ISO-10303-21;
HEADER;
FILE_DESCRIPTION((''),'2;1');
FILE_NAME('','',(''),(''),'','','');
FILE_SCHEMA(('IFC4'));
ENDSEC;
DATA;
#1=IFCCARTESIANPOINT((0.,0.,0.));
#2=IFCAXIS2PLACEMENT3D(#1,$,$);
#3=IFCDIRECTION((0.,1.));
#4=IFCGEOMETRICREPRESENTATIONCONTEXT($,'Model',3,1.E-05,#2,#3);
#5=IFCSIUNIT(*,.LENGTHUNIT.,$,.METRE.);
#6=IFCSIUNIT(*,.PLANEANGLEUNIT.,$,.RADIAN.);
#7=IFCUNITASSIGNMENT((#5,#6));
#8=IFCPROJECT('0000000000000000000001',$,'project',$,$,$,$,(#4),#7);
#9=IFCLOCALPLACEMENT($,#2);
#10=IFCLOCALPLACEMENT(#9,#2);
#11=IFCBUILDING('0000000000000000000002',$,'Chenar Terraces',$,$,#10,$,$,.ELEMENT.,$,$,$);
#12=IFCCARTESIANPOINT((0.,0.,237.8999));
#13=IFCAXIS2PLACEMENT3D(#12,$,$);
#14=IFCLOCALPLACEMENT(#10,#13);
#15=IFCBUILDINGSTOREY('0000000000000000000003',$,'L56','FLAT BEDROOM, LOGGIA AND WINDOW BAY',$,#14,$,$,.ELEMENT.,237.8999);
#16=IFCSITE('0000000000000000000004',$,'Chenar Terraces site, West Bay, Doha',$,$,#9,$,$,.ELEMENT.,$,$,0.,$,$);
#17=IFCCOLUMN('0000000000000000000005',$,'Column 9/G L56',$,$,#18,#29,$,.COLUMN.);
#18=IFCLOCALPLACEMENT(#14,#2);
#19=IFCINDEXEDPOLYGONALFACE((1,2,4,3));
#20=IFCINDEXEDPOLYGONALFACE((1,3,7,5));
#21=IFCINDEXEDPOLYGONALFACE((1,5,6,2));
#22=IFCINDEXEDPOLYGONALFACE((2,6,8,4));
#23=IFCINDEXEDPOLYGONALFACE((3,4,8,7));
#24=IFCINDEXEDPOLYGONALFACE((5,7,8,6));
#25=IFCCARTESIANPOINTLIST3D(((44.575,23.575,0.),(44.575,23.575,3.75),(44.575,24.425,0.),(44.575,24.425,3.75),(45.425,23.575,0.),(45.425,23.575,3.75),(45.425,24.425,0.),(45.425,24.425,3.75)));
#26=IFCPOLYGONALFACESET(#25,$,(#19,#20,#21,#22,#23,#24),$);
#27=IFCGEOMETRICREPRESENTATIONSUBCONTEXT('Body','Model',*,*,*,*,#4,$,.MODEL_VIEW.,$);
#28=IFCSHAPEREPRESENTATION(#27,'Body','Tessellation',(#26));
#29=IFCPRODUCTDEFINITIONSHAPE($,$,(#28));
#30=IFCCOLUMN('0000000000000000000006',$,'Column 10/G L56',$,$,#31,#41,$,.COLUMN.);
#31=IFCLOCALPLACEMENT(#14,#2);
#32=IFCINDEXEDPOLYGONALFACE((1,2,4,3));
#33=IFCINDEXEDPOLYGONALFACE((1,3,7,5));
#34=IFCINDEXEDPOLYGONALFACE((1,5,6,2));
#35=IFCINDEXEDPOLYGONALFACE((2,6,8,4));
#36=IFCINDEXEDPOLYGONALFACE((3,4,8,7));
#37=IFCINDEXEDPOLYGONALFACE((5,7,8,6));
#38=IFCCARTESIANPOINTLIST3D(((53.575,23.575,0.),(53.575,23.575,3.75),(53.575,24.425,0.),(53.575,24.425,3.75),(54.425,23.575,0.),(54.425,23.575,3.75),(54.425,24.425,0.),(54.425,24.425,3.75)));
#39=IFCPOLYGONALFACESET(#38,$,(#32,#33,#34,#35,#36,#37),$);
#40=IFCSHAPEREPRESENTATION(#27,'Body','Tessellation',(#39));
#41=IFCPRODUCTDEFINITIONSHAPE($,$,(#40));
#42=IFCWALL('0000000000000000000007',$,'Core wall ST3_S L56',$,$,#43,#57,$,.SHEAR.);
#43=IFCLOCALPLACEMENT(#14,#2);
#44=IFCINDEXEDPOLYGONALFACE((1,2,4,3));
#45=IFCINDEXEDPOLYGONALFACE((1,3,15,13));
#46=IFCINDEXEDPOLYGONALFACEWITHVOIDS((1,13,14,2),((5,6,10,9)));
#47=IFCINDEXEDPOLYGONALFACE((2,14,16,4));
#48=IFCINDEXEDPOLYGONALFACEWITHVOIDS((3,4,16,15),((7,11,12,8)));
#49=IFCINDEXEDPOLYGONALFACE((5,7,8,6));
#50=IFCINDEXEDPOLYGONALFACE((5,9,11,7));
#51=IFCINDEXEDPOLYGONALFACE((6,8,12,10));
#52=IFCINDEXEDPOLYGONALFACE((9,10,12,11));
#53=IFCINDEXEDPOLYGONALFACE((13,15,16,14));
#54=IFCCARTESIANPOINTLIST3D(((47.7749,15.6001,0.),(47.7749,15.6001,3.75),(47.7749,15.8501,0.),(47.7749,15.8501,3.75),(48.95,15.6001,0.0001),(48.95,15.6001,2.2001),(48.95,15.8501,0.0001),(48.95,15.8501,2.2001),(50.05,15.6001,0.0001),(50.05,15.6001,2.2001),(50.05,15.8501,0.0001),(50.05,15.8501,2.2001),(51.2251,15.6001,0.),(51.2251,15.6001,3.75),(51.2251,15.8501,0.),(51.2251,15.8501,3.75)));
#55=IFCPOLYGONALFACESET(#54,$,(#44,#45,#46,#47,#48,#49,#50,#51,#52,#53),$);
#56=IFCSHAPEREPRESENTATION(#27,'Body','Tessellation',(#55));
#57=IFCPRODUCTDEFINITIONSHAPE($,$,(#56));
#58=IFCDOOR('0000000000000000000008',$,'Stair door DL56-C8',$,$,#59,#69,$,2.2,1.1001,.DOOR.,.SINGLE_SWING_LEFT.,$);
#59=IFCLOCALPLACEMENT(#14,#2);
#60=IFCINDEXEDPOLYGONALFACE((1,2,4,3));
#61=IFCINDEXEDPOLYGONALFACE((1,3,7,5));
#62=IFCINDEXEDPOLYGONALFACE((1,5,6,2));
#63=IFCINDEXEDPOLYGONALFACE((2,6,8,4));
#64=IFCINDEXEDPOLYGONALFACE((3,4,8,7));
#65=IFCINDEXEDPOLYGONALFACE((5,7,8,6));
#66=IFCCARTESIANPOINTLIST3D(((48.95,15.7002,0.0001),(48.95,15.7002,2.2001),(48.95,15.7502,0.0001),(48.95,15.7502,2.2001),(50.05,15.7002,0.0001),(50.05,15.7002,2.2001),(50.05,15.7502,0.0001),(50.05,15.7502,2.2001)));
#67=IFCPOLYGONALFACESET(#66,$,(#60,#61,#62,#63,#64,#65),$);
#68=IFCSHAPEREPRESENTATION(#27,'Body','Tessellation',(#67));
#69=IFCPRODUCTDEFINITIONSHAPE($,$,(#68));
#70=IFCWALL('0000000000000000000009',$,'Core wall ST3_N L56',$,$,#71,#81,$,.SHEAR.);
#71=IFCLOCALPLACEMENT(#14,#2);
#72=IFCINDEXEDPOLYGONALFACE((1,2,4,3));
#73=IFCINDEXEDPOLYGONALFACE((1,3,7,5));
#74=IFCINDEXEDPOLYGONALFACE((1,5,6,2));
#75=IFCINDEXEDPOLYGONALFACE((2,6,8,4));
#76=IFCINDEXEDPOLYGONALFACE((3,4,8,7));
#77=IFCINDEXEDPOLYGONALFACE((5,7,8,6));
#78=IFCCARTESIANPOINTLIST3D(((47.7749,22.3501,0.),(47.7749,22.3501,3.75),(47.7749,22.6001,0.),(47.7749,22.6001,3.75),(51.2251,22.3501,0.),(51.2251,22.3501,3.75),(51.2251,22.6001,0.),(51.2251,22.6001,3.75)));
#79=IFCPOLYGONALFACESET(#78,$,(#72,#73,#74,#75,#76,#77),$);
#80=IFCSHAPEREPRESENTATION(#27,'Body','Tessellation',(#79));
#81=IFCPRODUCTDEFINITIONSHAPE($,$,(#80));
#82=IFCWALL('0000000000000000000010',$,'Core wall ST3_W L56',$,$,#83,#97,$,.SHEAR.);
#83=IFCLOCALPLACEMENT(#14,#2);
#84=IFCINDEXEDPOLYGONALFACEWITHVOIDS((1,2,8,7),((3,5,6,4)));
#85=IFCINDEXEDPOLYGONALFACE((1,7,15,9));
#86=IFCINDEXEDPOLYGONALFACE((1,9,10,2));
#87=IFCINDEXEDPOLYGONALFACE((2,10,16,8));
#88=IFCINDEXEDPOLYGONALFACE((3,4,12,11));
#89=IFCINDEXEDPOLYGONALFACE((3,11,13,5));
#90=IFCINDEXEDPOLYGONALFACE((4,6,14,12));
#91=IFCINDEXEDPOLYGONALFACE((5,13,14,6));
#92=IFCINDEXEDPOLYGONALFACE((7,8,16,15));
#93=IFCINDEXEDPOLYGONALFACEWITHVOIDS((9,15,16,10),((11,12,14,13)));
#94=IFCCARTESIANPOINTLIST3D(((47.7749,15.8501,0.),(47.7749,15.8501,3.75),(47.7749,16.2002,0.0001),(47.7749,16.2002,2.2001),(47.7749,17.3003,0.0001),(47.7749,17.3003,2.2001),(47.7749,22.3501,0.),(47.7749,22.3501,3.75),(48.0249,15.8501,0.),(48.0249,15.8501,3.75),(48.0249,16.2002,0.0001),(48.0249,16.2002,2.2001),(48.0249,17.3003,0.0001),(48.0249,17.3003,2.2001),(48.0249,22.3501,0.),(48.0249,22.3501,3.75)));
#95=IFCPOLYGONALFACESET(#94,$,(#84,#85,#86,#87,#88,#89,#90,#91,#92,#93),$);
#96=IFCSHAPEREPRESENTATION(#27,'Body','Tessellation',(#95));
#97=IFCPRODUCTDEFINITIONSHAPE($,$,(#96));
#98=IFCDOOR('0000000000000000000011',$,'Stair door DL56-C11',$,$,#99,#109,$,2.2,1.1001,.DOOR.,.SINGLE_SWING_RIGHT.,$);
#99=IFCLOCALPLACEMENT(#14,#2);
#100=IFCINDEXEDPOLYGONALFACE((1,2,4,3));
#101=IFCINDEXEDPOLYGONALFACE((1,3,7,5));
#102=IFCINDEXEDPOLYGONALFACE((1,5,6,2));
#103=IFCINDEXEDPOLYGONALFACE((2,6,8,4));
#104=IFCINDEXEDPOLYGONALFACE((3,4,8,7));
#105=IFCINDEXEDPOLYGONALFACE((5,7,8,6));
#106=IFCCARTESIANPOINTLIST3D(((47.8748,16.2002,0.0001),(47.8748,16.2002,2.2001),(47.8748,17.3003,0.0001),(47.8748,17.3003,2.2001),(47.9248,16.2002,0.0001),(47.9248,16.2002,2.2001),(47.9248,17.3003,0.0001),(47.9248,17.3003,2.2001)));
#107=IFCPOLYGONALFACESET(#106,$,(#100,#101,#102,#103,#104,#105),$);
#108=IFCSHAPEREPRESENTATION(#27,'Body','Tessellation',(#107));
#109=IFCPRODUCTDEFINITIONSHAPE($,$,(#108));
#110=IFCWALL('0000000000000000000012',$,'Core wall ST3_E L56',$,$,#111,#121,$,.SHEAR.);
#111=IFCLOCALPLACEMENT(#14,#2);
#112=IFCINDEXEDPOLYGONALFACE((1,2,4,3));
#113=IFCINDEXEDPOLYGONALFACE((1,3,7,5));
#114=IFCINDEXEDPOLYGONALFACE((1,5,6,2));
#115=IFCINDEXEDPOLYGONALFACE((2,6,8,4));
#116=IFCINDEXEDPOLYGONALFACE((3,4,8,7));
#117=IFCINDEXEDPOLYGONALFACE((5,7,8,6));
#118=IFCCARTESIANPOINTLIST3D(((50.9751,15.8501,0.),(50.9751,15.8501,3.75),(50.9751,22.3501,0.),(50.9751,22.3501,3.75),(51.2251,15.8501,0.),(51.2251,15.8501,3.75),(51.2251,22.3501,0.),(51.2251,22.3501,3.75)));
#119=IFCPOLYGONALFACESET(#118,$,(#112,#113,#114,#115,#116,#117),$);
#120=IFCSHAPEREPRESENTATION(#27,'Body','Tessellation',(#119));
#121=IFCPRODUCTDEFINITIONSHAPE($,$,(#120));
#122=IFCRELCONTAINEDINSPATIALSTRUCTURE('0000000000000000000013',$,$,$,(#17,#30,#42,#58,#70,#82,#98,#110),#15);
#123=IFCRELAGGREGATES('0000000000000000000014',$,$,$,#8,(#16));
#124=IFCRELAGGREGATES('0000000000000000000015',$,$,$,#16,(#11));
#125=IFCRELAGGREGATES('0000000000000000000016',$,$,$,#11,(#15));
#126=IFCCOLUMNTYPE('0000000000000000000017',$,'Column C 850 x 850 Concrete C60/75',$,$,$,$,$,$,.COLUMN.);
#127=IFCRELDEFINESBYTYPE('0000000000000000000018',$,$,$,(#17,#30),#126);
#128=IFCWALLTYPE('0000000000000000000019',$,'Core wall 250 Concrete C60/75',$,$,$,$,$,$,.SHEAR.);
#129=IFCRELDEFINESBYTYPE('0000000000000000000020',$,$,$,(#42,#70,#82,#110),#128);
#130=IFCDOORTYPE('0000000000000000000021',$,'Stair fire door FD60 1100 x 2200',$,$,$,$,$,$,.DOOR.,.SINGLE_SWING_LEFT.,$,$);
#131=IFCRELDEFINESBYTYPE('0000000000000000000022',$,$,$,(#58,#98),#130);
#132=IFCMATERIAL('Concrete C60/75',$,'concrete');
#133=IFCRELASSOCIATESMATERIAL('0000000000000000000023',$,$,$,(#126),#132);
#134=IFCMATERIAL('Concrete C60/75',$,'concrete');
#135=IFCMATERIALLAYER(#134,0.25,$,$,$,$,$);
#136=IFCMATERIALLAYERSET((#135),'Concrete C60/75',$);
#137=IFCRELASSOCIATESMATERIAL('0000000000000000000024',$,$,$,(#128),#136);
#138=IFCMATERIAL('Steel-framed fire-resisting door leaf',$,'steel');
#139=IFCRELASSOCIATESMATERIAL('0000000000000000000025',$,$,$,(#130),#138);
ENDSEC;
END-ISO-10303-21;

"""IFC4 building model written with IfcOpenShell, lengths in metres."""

from ifc_helpers import new_model, si_unit, direction, frame, frame_2d, origin, origin_2d, place, context, subcontext, project, spatial, rectangle, extrude, material, layer, layer_set, material_profile, profile_set, type_object, element, fill, save


model = new_model("IFC4")

# Units and contexts
model_context = context("Model", 3, precision=1e-05, world=origin(), true_north=direction((0.0, 1.0)))
body_context = subcontext(model_context, "Body", "Model", "MODEL_VIEW")
ifc_project = project(units=[si_unit("LENGTHUNIT", "METRE"), si_unit("PLANEANGLEUNIT", "RADIAN")], contexts=[model_context])

# Site, building, storey
site_placement = place(None, origin())
site = spatial("IfcSite", under=ifc_project, at=site_placement, Name="Chenar Terraces site, West Bay, Doha", CompositionType="ELEMENT", RefElevation=0.0)
building_placement = place(site_placement, origin())
building = spatial("IfcBuilding", under=site, at=building_placement, Name="Chenar Terraces", CompositionType="ELEMENT")
storey_placement = place(building_placement, frame((0.0, 0.0, 237.8999)))
storey = spatial("IfcBuildingStorey", under=building, at=storey_placement, Name="L56", Description="FLAT BEDROOM, LOGGIA AND WINDOW BAY", CompositionType="ELEMENT", Elevation=237.8999)

# Columns
ifc_material_1 = material(Name="Concrete C60/75", Category="concrete")
ifc_material_profile = material_profile(ifc_material_1, rectangle(XDim=0.8501, YDim=0.8501, at=origin_2d()), Name="C 850 x 850")
ifc_profile_set = profile_set([ifc_material_profile], Name="Concrete C60/75")
column_type = type_object("IfcColumnType", Name="Column C 850 x 850 Concrete C60/75", PredefinedType="COLUMN", material=ifc_profile_set)
for number, where, z_axis, x_axis, name in (
    (1, (45.0, 24.0, 0.0), (0.0, 0.0, 1.0), (1.0, 0.0, 0.0), "Column 9/G L56"),
    (2, (54.0, 24.0, 0.0), (0.0, 0.0, 1.0), (1.0, 0.0, 0.0), "Column 10/G L56"),
):
    element("IfcColumn", number, at=place(storey_placement, frame(where, z_axis=z_axis, x_axis=x_axis)), inside=storey, type_object=column_type, Name=name, PredefinedType="COLUMN", context=body_context, shape_type="SweptSolid", body=[
        extrude(rectangle(XDim=0.8501, YDim=0.8501, at=origin_2d()), origin(), (0.0, 0.0, 1.0), 3.75),
    ])

# Wall, opening, door
ifc_material_2 = material(Name="Concrete C60/75", Category="concrete")
ifc_layer_1 = layer(ifc_material_2, 0.25)
ifc_layer_set_1 = layer_set([ifc_layer_1], Name="Concrete C60/75")
wall_type_1 = type_object("IfcWallType", Name="Core wall 250 Concrete C60/75", PredefinedType="SHEAR", material=ifc_layer_set_1)
wall_1_placement = place(storey_placement, frame((47.7749, 15.7251, 0.0), z_axis=(0.0, 0.0, 1.0), x_axis=(1.0, 0.0, 0.0)))
wall_1 = element("IfcWall", 3, at=wall_1_placement, inside=storey, type_object=wall_type_1, Name="Core wall ST3_S L56", PredefinedType="SHEAR", context=body_context, shape_type="SweptSolid", body=[
    extrude(rectangle(XDim=3.4502, YDim=0.25, at=frame_2d((1.7251, 0.0))), origin(), (0.0, 0.0, 1.0), 3.75),
])
opening_1_placement = place(wall_1_placement, frame((1.175, 0.0, 0.0)))
opening_1 = element("IfcOpeningElement", 4, at=opening_1_placement, cuts=wall_1, PredefinedType="OPENING", context=body_context, shape_type="SweptSolid", body=[
    extrude(rectangle(XDim=1.1001, YDim=2.2, at=frame_2d((0.55, 1.1001))), frame((0.0, 0.135, 0.0), z_axis=(0.0, -1.0, 0.0), x_axis=(1.0, 0.0, 0.0)), (0.0, 0.0, 1.0), 0.27),
])
ifc_material_3 = material(Name="Steel-framed fire-resisting door leaf", Category="steel")
door_type_1 = type_object("IfcDoorType", Name="Stair fire door FD60 1100 x 2200", OperationType="SINGLE_SWING_LEFT", PredefinedType="DOOR", material=ifc_material_3)
door_1_placement = place(opening_1_placement, frame((1.1001, 0.0, 0.0), z_axis=(0.0, 0.0, 1.0), x_axis=(-1.0, 0.0, 0.0)))
door_1 = element("IfcDoor", 5, at=door_1_placement, inside=storey, type_object=door_type_1, Name="Stair door DL56-C8", OperationType="SINGLE_SWING_LEFT", OverallHeight=2.2, OverallWidth=1.1001, PredefinedType="DOOR", context=body_context, shape_type="SweptSolid", body=[
    extrude(rectangle(XDim=1.1001, YDim=2.2, at=frame_2d((0.55, 1.1001))), frame((0.0, 0.0249, 0.0), z_axis=(0.0, -1.0, 0.0), x_axis=(1.0, 0.0, 0.0)), (0.0, 0.0, 1.0), 0.05),
])
fill(opening_1, door_1)

# Wall
wall_2_placement = place(storey_placement, frame((47.7749, 22.4751, 0.0), z_axis=(0.0, 0.0, 1.0), x_axis=(1.0, 0.0, 0.0)))
element("IfcWall", 6, at=wall_2_placement, inside=storey, type_object=wall_type_1, Name="Core wall ST3_N L56", PredefinedType="SHEAR", context=body_context, shape_type="SweptSolid", body=[
    extrude(rectangle(XDim=3.4502, YDim=0.25, at=frame_2d((1.7251, 0.0))), origin(), (0.0, 0.0, 1.0), 3.75),
])

# Wall, opening, door
wall_3_placement = place(storey_placement, frame((47.8999, 15.8501, 0.0), z_axis=(0.0, 0.0, 1.0), x_axis=(0.0, 1.0, 0.0)))
wall_3 = element("IfcWall", 7, at=wall_3_placement, inside=storey, type_object=wall_type_1, Name="Core wall ST3_W L56", PredefinedType="SHEAR", context=body_context, shape_type="SweptSolid", body=[
    extrude(rectangle(XDim=6.5, YDim=0.25, at=frame_2d((3.25, 0.0))), origin(), (0.0, 0.0, 1.0), 3.75),
])
opening_2_placement = place(wall_3_placement, frame((0.3501, 0.0, 0.0)))
opening_2 = element("IfcOpeningElement", 8, at=opening_2_placement, cuts=wall_3, PredefinedType="OPENING", context=body_context, shape_type="SweptSolid", body=[
    extrude(rectangle(XDim=1.1001, YDim=2.2, at=frame_2d((0.55, 1.1001))), frame((0.0, 0.135, 0.0), z_axis=(0.0, -1.0, 0.0), x_axis=(1.0, 0.0, 0.0)), (0.0, 0.0, 1.0), 0.27),
])
door_2_placement = place(opening_2_placement, frame((1.1001, 0.0, 0.0), z_axis=(0.0, 0.0, 1.0), x_axis=(-1.0, 0.0, 0.0)))
door_2 = element("IfcDoor", 9, at=door_2_placement, inside=storey, type_object=door_type_1, Name="Stair door DL56-C11", OperationType="SINGLE_SWING_RIGHT", OverallHeight=2.2, OverallWidth=1.1001, PredefinedType="DOOR", context=body_context, shape_type="SweptSolid", body=[
    extrude(rectangle(XDim=1.1001, YDim=2.2, at=frame_2d((0.55, 1.1001))), frame((0.0, 0.0249, 0.0), z_axis=(0.0, -1.0, 0.0), x_axis=(1.0, 0.0, 0.0)), (0.0, 0.0, 1.0), 0.05),
])
fill(opening_2, door_2)

# Wall
wall_4_placement = place(storey_placement, frame((51.1001, 15.8501, 0.0), z_axis=(0.0, 0.0, 1.0), x_axis=(0.0, 1.0, 0.0)))
element("IfcWall", 10, at=wall_4_placement, inside=storey, type_object=wall_type_1, Name="Core wall ST3_E L56", PredefinedType="SHEAR", context=body_context, shape_type="SweptSolid", body=[
    extrude(rectangle(XDim=6.5, YDim=0.25, at=frame_2d((3.25, 0.0))), origin(), (0.0, 0.0, 1.0), 3.75),
])

save(model, "model.ifc")
